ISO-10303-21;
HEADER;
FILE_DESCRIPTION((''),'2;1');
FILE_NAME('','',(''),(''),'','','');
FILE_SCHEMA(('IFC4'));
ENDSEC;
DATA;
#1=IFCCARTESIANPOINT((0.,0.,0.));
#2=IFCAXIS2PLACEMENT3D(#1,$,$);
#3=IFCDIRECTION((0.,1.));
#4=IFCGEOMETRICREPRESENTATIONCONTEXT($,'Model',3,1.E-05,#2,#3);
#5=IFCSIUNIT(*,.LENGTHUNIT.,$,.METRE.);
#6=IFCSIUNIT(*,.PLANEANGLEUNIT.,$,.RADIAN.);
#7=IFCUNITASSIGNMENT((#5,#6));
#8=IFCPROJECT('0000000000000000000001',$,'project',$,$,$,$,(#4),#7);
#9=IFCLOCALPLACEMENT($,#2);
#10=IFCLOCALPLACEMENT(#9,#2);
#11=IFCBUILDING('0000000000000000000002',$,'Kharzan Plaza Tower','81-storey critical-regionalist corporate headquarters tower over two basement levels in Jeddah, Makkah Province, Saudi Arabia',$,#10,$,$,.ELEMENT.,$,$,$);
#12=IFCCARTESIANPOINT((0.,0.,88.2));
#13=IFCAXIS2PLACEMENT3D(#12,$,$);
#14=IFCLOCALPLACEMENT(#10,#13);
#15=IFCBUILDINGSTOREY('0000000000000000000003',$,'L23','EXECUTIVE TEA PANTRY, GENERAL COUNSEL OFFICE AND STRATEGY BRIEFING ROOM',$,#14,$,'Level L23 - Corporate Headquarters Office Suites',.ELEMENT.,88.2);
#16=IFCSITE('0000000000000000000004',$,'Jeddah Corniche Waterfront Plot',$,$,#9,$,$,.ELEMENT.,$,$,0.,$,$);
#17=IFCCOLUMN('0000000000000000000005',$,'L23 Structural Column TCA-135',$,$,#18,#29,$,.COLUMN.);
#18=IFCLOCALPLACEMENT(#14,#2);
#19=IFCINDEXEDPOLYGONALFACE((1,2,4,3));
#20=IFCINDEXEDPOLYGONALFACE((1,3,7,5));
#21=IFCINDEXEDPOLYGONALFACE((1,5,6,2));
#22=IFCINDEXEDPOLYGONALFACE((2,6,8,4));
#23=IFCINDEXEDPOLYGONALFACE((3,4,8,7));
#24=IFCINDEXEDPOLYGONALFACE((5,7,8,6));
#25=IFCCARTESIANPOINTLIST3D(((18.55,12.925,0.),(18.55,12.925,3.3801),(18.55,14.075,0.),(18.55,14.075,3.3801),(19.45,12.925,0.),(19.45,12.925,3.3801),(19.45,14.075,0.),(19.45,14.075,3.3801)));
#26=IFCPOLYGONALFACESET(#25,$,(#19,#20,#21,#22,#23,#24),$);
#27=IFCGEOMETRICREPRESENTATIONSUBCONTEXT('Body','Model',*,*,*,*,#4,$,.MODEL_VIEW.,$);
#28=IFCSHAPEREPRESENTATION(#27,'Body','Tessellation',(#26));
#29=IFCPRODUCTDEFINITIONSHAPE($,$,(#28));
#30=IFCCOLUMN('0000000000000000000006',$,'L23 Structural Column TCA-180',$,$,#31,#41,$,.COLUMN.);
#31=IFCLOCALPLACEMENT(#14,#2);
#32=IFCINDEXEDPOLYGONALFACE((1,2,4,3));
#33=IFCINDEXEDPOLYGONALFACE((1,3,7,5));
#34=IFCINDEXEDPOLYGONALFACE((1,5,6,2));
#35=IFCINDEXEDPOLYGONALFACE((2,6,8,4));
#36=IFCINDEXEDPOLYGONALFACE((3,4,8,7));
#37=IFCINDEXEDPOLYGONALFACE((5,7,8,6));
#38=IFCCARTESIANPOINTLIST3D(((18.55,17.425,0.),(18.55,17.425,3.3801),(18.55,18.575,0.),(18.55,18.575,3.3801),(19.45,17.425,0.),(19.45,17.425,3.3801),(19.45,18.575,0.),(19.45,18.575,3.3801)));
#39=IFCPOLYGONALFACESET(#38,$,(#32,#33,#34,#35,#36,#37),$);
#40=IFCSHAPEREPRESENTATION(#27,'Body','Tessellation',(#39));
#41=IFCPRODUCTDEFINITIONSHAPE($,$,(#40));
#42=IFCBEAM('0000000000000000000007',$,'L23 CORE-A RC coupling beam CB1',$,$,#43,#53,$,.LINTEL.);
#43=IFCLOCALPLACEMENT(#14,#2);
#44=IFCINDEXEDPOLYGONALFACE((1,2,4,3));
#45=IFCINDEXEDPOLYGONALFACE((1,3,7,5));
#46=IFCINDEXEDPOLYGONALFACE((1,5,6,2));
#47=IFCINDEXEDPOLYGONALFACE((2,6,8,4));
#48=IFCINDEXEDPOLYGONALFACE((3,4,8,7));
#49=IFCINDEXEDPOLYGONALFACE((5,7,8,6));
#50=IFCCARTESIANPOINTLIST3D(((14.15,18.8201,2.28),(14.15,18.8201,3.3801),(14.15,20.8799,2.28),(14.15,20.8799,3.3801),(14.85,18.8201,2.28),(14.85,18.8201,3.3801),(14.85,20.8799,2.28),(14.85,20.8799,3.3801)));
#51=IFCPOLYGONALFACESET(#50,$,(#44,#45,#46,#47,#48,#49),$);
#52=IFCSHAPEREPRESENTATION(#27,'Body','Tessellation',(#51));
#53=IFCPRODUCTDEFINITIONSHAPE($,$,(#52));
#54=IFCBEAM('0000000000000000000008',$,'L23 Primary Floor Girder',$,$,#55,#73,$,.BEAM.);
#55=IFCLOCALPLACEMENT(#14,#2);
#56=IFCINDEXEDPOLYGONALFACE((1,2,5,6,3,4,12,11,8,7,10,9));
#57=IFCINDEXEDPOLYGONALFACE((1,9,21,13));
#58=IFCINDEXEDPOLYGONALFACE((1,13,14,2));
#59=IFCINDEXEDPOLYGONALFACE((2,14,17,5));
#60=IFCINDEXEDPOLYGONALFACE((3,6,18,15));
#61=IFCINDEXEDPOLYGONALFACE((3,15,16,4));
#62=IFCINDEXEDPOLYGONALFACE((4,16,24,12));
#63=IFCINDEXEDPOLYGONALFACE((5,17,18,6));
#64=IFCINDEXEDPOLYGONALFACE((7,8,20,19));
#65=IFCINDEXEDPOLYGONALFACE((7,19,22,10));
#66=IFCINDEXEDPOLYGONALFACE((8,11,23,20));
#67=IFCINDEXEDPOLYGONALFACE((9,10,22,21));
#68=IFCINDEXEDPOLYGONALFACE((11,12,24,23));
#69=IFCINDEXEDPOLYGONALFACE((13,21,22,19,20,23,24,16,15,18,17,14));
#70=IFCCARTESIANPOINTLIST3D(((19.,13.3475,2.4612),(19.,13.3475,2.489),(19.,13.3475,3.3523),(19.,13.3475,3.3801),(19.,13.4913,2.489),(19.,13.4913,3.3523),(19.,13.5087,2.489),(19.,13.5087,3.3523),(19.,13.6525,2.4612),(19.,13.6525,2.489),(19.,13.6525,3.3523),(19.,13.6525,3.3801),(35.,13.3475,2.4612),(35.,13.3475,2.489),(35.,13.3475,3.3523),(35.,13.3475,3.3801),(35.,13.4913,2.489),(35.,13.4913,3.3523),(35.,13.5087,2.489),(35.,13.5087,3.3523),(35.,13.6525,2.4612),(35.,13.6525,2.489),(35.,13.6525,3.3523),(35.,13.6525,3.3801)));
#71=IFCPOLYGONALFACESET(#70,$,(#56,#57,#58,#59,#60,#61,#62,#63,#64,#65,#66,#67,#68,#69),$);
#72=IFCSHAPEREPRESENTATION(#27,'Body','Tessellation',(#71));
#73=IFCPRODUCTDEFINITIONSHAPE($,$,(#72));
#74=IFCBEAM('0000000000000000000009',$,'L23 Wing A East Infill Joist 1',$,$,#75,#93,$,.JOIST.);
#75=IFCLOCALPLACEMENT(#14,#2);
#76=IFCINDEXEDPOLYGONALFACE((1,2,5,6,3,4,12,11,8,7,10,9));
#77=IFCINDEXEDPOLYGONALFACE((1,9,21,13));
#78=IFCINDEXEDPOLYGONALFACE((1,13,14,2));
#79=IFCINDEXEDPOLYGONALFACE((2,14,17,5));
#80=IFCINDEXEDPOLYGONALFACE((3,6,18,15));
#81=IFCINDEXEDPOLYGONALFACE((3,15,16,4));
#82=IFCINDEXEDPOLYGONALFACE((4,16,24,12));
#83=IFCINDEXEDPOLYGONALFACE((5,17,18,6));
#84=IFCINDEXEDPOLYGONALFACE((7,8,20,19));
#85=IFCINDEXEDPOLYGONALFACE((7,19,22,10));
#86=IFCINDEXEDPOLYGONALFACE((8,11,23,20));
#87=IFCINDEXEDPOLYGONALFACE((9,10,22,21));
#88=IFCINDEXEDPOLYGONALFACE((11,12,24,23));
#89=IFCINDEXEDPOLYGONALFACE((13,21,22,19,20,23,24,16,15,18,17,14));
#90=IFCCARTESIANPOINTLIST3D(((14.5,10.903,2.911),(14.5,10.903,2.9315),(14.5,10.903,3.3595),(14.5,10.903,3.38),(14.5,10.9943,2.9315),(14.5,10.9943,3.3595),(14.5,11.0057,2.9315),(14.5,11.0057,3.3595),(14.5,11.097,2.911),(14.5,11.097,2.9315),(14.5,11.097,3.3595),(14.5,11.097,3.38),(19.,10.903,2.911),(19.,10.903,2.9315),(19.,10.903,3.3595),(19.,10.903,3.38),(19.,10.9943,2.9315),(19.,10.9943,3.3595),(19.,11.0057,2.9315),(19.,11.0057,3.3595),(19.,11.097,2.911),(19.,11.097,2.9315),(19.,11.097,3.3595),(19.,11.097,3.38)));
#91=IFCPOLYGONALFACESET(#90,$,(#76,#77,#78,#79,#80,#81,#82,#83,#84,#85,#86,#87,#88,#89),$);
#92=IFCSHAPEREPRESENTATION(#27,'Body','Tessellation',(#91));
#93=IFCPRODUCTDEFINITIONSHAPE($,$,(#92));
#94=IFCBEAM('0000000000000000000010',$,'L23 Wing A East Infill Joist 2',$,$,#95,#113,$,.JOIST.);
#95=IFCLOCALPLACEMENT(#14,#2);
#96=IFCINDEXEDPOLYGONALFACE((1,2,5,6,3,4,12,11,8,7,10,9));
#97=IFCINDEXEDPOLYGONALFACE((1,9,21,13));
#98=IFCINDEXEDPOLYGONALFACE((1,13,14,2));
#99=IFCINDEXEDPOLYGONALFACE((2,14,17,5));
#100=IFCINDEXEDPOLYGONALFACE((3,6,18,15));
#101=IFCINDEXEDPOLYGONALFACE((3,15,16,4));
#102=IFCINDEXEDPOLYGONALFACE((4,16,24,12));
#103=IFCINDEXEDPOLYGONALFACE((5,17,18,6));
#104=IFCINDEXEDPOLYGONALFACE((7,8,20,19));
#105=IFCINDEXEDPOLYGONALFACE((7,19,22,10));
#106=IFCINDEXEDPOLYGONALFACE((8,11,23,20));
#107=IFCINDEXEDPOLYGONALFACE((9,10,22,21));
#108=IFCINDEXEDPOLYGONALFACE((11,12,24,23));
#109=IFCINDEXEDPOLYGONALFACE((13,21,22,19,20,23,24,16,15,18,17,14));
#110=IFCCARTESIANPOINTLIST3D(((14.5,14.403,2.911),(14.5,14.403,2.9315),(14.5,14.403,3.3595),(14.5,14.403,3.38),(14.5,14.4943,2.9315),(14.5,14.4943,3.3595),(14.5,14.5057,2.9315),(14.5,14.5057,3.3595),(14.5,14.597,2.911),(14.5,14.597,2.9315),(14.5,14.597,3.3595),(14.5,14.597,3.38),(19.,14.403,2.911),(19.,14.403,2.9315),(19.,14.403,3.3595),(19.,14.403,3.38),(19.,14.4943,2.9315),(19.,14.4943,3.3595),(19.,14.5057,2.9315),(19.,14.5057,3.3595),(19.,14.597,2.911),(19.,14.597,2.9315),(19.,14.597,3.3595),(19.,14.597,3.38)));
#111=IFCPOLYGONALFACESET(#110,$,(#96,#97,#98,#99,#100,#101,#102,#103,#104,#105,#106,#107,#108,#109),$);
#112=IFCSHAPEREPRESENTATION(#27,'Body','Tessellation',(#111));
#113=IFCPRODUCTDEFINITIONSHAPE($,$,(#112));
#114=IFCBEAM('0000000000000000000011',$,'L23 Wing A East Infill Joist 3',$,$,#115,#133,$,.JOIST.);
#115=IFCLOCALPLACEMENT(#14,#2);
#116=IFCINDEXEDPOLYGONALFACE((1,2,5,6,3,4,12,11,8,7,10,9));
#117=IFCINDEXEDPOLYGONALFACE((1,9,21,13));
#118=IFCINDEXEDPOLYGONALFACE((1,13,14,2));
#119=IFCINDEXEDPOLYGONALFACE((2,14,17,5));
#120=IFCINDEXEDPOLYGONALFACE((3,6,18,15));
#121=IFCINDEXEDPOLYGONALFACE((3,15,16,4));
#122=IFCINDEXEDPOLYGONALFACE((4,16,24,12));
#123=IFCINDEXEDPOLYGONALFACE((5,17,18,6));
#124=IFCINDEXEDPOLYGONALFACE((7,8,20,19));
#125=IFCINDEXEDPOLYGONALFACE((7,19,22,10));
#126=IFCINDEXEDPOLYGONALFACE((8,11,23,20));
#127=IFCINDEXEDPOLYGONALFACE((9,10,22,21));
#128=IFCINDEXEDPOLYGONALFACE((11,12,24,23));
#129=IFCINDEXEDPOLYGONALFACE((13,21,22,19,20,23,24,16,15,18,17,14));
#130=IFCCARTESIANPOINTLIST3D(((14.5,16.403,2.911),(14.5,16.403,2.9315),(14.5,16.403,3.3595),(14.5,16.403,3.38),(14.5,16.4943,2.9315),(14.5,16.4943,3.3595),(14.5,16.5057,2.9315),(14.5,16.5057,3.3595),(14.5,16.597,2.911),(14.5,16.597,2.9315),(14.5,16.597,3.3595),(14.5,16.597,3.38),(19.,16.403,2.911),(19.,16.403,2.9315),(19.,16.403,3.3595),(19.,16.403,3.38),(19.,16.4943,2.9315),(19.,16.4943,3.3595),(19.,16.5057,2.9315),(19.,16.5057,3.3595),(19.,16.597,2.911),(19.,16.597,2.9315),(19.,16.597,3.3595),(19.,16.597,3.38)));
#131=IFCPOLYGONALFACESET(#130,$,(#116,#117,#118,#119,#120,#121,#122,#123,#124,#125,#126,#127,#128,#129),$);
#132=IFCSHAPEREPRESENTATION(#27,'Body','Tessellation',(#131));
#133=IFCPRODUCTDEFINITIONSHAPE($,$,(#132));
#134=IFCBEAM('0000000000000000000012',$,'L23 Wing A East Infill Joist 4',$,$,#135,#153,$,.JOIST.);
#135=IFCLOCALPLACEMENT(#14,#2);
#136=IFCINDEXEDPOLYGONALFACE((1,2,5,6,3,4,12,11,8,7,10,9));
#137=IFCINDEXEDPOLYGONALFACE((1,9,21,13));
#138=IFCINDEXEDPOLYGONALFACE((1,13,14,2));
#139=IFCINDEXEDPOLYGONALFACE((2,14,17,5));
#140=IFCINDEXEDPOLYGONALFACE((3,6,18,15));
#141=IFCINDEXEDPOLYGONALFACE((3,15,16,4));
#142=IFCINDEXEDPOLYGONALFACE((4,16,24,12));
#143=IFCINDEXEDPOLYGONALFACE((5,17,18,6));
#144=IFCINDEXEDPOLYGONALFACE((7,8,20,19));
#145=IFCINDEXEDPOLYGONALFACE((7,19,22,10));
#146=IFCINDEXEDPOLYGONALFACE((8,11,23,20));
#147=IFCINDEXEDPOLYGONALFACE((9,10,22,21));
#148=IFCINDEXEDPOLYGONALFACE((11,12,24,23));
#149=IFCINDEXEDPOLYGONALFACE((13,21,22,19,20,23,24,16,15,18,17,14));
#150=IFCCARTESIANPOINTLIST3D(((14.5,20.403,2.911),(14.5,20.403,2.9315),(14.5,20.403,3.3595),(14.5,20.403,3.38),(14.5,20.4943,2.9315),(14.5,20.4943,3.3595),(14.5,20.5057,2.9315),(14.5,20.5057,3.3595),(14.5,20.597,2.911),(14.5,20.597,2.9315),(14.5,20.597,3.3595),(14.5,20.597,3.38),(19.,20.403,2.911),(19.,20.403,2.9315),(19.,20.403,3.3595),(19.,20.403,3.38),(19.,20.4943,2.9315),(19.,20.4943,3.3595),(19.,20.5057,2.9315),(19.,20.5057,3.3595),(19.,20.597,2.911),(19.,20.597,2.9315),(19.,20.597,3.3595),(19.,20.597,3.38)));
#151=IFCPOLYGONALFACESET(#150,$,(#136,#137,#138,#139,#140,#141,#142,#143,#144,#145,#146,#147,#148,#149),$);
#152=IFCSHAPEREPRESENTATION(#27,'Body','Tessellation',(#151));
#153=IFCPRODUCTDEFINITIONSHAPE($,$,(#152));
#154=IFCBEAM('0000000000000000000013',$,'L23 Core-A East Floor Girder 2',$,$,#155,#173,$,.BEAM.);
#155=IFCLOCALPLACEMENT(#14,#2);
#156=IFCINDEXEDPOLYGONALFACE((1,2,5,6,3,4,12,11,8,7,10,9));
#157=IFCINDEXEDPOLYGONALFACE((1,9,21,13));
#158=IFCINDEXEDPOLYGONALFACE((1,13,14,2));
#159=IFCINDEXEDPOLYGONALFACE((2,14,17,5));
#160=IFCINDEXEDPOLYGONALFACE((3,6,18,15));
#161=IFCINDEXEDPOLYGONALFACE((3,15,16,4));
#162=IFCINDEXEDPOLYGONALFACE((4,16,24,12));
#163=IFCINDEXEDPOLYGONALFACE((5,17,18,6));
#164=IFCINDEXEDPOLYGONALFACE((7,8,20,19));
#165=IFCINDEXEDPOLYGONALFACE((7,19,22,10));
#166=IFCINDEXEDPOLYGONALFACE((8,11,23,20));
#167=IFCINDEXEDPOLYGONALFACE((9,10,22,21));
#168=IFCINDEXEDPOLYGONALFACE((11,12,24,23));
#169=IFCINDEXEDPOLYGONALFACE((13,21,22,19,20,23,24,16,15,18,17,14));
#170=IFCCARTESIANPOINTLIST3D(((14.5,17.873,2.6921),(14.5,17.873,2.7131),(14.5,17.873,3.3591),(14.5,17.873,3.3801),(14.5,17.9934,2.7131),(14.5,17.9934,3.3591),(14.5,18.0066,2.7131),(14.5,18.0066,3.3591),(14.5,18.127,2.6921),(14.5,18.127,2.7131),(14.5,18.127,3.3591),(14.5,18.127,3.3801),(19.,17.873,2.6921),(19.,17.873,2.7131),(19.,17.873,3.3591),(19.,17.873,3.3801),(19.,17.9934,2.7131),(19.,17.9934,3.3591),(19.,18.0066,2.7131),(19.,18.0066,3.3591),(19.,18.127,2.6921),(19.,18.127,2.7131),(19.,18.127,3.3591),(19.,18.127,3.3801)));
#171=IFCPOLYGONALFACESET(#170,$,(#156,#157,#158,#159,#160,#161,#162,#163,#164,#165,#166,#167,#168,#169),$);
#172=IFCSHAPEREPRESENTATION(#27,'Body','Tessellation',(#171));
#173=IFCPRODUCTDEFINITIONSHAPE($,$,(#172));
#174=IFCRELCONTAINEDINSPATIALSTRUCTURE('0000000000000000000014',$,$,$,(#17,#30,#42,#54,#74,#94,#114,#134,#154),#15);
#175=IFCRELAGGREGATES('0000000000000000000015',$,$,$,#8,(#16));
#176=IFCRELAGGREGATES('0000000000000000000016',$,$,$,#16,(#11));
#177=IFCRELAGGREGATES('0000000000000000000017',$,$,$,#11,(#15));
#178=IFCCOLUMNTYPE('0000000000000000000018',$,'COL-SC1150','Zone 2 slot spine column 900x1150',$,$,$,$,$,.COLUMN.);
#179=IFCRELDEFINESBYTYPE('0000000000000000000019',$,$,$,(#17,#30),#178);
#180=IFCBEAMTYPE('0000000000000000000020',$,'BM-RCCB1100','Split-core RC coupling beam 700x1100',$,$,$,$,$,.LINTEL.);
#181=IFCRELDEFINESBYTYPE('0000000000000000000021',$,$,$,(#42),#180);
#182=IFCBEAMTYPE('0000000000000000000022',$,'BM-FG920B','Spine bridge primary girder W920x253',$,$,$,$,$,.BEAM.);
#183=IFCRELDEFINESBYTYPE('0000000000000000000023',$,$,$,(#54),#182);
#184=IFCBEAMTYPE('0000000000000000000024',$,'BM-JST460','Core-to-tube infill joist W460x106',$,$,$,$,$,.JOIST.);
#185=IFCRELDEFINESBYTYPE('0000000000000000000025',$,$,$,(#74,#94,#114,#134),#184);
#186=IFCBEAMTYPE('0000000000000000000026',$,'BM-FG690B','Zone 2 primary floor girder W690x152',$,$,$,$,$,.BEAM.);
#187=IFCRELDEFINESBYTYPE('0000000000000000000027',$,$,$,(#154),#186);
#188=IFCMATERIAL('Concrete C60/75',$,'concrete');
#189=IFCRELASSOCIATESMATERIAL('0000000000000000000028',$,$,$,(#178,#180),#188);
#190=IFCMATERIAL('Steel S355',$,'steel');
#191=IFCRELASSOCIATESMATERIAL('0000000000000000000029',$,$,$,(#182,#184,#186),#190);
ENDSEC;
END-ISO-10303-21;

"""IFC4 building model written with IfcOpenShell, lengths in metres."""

from ifc_helpers import new_model, si_unit, direction, frame, origin, origin_2d, place, context, subcontext, project, spatial, rectangle, i_section, extrude, source, transform, mapped, material, material_profile, profile_set, type_object, element, save


model = new_model("IFC4")

# Units and contexts
model_context = context("Model", 3, precision=1e-05, world=origin(), true_north=direction((0.0, 1.0)))
body_context = subcontext(model_context, "Body", "Model", "MODEL_VIEW")
ifc_project = project(units=[si_unit("LENGTHUNIT", "METRE"), si_unit("PLANEANGLEUNIT", "RADIAN")], contexts=[model_context])

# Site, building, storey
site_placement = place(None, origin())
site = spatial("IfcSite", under=ifc_project, at=site_placement, Name="Jeddah Corniche Waterfront Plot", CompositionType="ELEMENT", RefElevation=0.0)
building_placement = place(site_placement, origin())
building = spatial("IfcBuilding", under=site, at=building_placement, Name="Kharzan Plaza Tower", Description="81-storey critical-regionalist corporate headquarters tower over two basement levels in Jeddah, Makkah Province, Saudi Arabia", CompositionType="ELEMENT")
storey_placement = place(building_placement, frame((0.0, 0.0, 88.2)))
storey = spatial("IfcBuildingStorey", under=building, at=storey_placement, Name="L23", Description="EXECUTIVE TEA PANTRY, GENERAL COUNSEL OFFICE AND STRATEGY BRIEFING ROOM", LongName="Level L23 - Corporate Headquarters Office Suites", CompositionType="ELEMENT", Elevation=88.2)

# Columns
ifc_material_1 = material(Name="Concrete C60/75", Category="concrete")
ifc_material_profile_1 = material_profile(ifc_material_1, rectangle(XDim=0.8999, YDim=1.1499, at=origin_2d()), Name="RC-SC1150x900")
ifc_profile_set_1 = profile_set([ifc_material_profile_1], Name="Concrete C60/75")
column_type = type_object("IfcColumnType", Name="COL-SC1150", Description="Zone 2 slot spine column 900x1150", PredefinedType="COLUMN", material=ifc_profile_set_1)
shared_shape_1 = source(origin(), body_context, "Body", "SweptSolid", [
    extrude(rectangle(XDim=0.8999, YDim=1.1499, at=origin_2d()), origin(), (0.0, 0.0, 1.0), 3.3801),
])
for number, where, z_axis, x_axis, name in (
    (1, (19.0, 13.5, 0.0), (0.0, 0.0, 1.0), (1.0, 0.0, 0.0), "L23 Structural Column TCA-135"),
    (2, (19.0, 18.0, 0.0), (0.0, 0.0, 1.0), (1.0, 0.0, 0.0), "L23 Structural Column TCA-180"),
):
    element("IfcColumn", number, at=place(storey_placement, frame(where, z_axis=z_axis, x_axis=x_axis)), inside=storey, type_object=column_type, Name=name, PredefinedType="COLUMN", context=body_context, shape_type="MappedRepresentation", body=[
        mapped(shared_shape_1, transform((0.0, 0.0, 0.0), x_axis=(1.0, 0.0, 0.0), y_axis=(0.0, 1.0, 0.0), z_axis=(0.0, 0.0, 1.0))),
    ])

# Beams
ifc_material_profile_2 = material_profile(ifc_material_1, rectangle(XDim=0.7, YDim=1.1001, at=origin_2d()), Name="RC-CB1100x700")
ifc_profile_set_2 = profile_set([ifc_material_profile_2], Name="Concrete C60/75")
beam_type_1 = type_object("IfcBeamType", Name="BM-RCCB1100", Description="Split-core RC coupling beam 700x1100", PredefinedType="LINTEL", material=ifc_profile_set_2)
shared_shape_2 = source(origin(), body_context, "Body", "SweptSolid", [
    extrude(rectangle(XDim=0.7, YDim=1.1001, at=origin_2d()), origin(), (0.0, 0.0, 1.0), 2.0598),
])
beam_1_placement = place(storey_placement, frame((14.5, 18.8201, 2.8301), z_axis=(0.0, 1.0, 0.0), x_axis=(-1.0, 0.0, 0.0)))
element("IfcBeam", 3, at=beam_1_placement, inside=storey, type_object=beam_type_1, Name="L23 CORE-A RC coupling beam CB1", PredefinedType="LINTEL", context=body_context, shape_type="MappedRepresentation", body=[
    mapped(shared_shape_2, transform((0.0, 0.0, 0.0), x_axis=(1.0, 0.0, 0.0), y_axis=(0.0, 1.0, 0.0), z_axis=(0.0, 0.0, 1.0))),
])
ifc_material_2 = material(Name="Steel S355", Category="steel")
ifc_material_profile_3 = material_profile(ifc_material_2, i_section(OverallWidth=0.3049, OverallDepth=0.9189, WebThickness=0.0173, FlangeThickness=0.0278, at=origin_2d()), Name="W920x253")
ifc_profile_set_3 = profile_set([ifc_material_profile_3], Name="Steel S355")
beam_type_2 = type_object("IfcBeamType", Name="BM-FG920B", Description="Spine bridge primary girder W920x253", PredefinedType="BEAM", material=ifc_profile_set_3)
shared_shape_3 = source(origin(), body_context, "Body", "SweptSolid", [
    extrude(i_section(OverallWidth=0.3049, OverallDepth=0.9189, WebThickness=0.0173, FlangeThickness=0.0278, at=origin_2d()), origin(), (0.0, 0.0, 1.0), 16.0),
])
beam_2_placement = place(storey_placement, frame((19.0, 13.5, 2.9207), z_axis=(1.0, 0.0, 0.0), x_axis=(0.0, 1.0, 0.0)))
element("IfcBeam", 4, at=beam_2_placement, inside=storey, type_object=beam_type_2, Name="L23 Primary Floor Girder", PredefinedType="BEAM", context=body_context, shape_type="MappedRepresentation", body=[
    mapped(shared_shape_3, transform((0.0, 0.0, 0.0), x_axis=(1.0, 0.0, 0.0), y_axis=(0.0, 1.0, 0.0), z_axis=(0.0, 0.0, 1.0))),
])
ifc_material_profile_4 = material_profile(ifc_material_2, i_section(OverallWidth=0.1941, OverallDepth=0.469, WebThickness=0.0115, FlangeThickness=0.0205, at=origin_2d()), Name="W460x106")
ifc_profile_set_4 = profile_set([ifc_material_profile_4], Name="Steel S355")
beam_type_3 = type_object("IfcBeamType", Name="BM-JST460", Description="Core-to-tube infill joist W460x106", PredefinedType="JOIST", material=ifc_profile_set_4)
shared_shape_4 = source(origin(), body_context, "Body", "SweptSolid", [
    extrude(i_section(OverallWidth=0.1941, OverallDepth=0.469, WebThickness=0.0115, FlangeThickness=0.0205, at=origin_2d()), origin(), (0.0, 0.0, 1.0), 4.5),
])
for number, where, z_axis, x_axis, name in (
    (5, (14.5, 11.0, 3.1455), (1.0, 0.0, 0.0), (0.0, 1.0, 0.0), "L23 Wing A East Infill Joist 1"),
    (6, (14.5, 14.5, 3.1455), (1.0, 0.0, 0.0), (0.0, 1.0, 0.0), "L23 Wing A East Infill Joist 2"),
    (7, (14.5, 16.5, 3.1455), (1.0, 0.0, 0.0), (0.0, 1.0, 0.0), "L23 Wing A East Infill Joist 3"),
    (8, (14.5, 20.5, 3.1455), (1.0, 0.0, 0.0), (0.0, 1.0, 0.0), "L23 Wing A East Infill Joist 4"),
):
    element("IfcBeam", number, at=place(storey_placement, frame(where, z_axis=z_axis, x_axis=x_axis)), inside=storey, type_object=beam_type_3, Name=name, PredefinedType="JOIST", context=body_context, shape_type="MappedRepresentation", body=[
        mapped(shared_shape_4, transform((0.0, 0.0, 0.0), x_axis=(1.0, 0.0, 0.0), y_axis=(0.0, 1.0, 0.0), z_axis=(0.0, 0.0, 1.0))),
    ])
ifc_material_profile_5 = material_profile(ifc_material_2, i_section(OverallWidth=0.2539, OverallDepth=0.688, WebThickness=0.0132, FlangeThickness=0.021, at=origin_2d()), Name="W690x152")
ifc_profile_set_5 = profile_set([ifc_material_profile_5], Name="Steel S355")
beam_type_4 = type_object("IfcBeamType", Name="BM-FG690B", Description="Zone 2 primary floor girder W690x152", PredefinedType="BEAM", material=ifc_profile_set_5)
shared_shape_5 = source(origin(), body_context, "Body", "SweptSolid", [
    extrude(i_section(OverallWidth=0.2539, OverallDepth=0.688, WebThickness=0.0132, FlangeThickness=0.021, at=origin_2d()), origin(), (0.0, 0.0, 1.0), 4.5),
])
for number, where, z_axis, x_axis, name in (
    (9, (14.5, 18.0, 3.0361), (1.0, 0.0, 0.0), (0.0, 1.0, 0.0), "L23 Core-A East Floor Girder 2"),
):
    element("IfcBeam", number, at=place(storey_placement, frame(where, z_axis=z_axis, x_axis=x_axis)), inside=storey, type_object=beam_type_4, Name=name, PredefinedType="BEAM", context=body_context, shape_type="MappedRepresentation", body=[
        mapped(shared_shape_5, transform((0.0, 0.0, 0.0), x_axis=(1.0, 0.0, 0.0), y_axis=(0.0, 1.0, 0.0), z_axis=(0.0, 0.0, 1.0))),
    ])

save(model, "model.ifc")
